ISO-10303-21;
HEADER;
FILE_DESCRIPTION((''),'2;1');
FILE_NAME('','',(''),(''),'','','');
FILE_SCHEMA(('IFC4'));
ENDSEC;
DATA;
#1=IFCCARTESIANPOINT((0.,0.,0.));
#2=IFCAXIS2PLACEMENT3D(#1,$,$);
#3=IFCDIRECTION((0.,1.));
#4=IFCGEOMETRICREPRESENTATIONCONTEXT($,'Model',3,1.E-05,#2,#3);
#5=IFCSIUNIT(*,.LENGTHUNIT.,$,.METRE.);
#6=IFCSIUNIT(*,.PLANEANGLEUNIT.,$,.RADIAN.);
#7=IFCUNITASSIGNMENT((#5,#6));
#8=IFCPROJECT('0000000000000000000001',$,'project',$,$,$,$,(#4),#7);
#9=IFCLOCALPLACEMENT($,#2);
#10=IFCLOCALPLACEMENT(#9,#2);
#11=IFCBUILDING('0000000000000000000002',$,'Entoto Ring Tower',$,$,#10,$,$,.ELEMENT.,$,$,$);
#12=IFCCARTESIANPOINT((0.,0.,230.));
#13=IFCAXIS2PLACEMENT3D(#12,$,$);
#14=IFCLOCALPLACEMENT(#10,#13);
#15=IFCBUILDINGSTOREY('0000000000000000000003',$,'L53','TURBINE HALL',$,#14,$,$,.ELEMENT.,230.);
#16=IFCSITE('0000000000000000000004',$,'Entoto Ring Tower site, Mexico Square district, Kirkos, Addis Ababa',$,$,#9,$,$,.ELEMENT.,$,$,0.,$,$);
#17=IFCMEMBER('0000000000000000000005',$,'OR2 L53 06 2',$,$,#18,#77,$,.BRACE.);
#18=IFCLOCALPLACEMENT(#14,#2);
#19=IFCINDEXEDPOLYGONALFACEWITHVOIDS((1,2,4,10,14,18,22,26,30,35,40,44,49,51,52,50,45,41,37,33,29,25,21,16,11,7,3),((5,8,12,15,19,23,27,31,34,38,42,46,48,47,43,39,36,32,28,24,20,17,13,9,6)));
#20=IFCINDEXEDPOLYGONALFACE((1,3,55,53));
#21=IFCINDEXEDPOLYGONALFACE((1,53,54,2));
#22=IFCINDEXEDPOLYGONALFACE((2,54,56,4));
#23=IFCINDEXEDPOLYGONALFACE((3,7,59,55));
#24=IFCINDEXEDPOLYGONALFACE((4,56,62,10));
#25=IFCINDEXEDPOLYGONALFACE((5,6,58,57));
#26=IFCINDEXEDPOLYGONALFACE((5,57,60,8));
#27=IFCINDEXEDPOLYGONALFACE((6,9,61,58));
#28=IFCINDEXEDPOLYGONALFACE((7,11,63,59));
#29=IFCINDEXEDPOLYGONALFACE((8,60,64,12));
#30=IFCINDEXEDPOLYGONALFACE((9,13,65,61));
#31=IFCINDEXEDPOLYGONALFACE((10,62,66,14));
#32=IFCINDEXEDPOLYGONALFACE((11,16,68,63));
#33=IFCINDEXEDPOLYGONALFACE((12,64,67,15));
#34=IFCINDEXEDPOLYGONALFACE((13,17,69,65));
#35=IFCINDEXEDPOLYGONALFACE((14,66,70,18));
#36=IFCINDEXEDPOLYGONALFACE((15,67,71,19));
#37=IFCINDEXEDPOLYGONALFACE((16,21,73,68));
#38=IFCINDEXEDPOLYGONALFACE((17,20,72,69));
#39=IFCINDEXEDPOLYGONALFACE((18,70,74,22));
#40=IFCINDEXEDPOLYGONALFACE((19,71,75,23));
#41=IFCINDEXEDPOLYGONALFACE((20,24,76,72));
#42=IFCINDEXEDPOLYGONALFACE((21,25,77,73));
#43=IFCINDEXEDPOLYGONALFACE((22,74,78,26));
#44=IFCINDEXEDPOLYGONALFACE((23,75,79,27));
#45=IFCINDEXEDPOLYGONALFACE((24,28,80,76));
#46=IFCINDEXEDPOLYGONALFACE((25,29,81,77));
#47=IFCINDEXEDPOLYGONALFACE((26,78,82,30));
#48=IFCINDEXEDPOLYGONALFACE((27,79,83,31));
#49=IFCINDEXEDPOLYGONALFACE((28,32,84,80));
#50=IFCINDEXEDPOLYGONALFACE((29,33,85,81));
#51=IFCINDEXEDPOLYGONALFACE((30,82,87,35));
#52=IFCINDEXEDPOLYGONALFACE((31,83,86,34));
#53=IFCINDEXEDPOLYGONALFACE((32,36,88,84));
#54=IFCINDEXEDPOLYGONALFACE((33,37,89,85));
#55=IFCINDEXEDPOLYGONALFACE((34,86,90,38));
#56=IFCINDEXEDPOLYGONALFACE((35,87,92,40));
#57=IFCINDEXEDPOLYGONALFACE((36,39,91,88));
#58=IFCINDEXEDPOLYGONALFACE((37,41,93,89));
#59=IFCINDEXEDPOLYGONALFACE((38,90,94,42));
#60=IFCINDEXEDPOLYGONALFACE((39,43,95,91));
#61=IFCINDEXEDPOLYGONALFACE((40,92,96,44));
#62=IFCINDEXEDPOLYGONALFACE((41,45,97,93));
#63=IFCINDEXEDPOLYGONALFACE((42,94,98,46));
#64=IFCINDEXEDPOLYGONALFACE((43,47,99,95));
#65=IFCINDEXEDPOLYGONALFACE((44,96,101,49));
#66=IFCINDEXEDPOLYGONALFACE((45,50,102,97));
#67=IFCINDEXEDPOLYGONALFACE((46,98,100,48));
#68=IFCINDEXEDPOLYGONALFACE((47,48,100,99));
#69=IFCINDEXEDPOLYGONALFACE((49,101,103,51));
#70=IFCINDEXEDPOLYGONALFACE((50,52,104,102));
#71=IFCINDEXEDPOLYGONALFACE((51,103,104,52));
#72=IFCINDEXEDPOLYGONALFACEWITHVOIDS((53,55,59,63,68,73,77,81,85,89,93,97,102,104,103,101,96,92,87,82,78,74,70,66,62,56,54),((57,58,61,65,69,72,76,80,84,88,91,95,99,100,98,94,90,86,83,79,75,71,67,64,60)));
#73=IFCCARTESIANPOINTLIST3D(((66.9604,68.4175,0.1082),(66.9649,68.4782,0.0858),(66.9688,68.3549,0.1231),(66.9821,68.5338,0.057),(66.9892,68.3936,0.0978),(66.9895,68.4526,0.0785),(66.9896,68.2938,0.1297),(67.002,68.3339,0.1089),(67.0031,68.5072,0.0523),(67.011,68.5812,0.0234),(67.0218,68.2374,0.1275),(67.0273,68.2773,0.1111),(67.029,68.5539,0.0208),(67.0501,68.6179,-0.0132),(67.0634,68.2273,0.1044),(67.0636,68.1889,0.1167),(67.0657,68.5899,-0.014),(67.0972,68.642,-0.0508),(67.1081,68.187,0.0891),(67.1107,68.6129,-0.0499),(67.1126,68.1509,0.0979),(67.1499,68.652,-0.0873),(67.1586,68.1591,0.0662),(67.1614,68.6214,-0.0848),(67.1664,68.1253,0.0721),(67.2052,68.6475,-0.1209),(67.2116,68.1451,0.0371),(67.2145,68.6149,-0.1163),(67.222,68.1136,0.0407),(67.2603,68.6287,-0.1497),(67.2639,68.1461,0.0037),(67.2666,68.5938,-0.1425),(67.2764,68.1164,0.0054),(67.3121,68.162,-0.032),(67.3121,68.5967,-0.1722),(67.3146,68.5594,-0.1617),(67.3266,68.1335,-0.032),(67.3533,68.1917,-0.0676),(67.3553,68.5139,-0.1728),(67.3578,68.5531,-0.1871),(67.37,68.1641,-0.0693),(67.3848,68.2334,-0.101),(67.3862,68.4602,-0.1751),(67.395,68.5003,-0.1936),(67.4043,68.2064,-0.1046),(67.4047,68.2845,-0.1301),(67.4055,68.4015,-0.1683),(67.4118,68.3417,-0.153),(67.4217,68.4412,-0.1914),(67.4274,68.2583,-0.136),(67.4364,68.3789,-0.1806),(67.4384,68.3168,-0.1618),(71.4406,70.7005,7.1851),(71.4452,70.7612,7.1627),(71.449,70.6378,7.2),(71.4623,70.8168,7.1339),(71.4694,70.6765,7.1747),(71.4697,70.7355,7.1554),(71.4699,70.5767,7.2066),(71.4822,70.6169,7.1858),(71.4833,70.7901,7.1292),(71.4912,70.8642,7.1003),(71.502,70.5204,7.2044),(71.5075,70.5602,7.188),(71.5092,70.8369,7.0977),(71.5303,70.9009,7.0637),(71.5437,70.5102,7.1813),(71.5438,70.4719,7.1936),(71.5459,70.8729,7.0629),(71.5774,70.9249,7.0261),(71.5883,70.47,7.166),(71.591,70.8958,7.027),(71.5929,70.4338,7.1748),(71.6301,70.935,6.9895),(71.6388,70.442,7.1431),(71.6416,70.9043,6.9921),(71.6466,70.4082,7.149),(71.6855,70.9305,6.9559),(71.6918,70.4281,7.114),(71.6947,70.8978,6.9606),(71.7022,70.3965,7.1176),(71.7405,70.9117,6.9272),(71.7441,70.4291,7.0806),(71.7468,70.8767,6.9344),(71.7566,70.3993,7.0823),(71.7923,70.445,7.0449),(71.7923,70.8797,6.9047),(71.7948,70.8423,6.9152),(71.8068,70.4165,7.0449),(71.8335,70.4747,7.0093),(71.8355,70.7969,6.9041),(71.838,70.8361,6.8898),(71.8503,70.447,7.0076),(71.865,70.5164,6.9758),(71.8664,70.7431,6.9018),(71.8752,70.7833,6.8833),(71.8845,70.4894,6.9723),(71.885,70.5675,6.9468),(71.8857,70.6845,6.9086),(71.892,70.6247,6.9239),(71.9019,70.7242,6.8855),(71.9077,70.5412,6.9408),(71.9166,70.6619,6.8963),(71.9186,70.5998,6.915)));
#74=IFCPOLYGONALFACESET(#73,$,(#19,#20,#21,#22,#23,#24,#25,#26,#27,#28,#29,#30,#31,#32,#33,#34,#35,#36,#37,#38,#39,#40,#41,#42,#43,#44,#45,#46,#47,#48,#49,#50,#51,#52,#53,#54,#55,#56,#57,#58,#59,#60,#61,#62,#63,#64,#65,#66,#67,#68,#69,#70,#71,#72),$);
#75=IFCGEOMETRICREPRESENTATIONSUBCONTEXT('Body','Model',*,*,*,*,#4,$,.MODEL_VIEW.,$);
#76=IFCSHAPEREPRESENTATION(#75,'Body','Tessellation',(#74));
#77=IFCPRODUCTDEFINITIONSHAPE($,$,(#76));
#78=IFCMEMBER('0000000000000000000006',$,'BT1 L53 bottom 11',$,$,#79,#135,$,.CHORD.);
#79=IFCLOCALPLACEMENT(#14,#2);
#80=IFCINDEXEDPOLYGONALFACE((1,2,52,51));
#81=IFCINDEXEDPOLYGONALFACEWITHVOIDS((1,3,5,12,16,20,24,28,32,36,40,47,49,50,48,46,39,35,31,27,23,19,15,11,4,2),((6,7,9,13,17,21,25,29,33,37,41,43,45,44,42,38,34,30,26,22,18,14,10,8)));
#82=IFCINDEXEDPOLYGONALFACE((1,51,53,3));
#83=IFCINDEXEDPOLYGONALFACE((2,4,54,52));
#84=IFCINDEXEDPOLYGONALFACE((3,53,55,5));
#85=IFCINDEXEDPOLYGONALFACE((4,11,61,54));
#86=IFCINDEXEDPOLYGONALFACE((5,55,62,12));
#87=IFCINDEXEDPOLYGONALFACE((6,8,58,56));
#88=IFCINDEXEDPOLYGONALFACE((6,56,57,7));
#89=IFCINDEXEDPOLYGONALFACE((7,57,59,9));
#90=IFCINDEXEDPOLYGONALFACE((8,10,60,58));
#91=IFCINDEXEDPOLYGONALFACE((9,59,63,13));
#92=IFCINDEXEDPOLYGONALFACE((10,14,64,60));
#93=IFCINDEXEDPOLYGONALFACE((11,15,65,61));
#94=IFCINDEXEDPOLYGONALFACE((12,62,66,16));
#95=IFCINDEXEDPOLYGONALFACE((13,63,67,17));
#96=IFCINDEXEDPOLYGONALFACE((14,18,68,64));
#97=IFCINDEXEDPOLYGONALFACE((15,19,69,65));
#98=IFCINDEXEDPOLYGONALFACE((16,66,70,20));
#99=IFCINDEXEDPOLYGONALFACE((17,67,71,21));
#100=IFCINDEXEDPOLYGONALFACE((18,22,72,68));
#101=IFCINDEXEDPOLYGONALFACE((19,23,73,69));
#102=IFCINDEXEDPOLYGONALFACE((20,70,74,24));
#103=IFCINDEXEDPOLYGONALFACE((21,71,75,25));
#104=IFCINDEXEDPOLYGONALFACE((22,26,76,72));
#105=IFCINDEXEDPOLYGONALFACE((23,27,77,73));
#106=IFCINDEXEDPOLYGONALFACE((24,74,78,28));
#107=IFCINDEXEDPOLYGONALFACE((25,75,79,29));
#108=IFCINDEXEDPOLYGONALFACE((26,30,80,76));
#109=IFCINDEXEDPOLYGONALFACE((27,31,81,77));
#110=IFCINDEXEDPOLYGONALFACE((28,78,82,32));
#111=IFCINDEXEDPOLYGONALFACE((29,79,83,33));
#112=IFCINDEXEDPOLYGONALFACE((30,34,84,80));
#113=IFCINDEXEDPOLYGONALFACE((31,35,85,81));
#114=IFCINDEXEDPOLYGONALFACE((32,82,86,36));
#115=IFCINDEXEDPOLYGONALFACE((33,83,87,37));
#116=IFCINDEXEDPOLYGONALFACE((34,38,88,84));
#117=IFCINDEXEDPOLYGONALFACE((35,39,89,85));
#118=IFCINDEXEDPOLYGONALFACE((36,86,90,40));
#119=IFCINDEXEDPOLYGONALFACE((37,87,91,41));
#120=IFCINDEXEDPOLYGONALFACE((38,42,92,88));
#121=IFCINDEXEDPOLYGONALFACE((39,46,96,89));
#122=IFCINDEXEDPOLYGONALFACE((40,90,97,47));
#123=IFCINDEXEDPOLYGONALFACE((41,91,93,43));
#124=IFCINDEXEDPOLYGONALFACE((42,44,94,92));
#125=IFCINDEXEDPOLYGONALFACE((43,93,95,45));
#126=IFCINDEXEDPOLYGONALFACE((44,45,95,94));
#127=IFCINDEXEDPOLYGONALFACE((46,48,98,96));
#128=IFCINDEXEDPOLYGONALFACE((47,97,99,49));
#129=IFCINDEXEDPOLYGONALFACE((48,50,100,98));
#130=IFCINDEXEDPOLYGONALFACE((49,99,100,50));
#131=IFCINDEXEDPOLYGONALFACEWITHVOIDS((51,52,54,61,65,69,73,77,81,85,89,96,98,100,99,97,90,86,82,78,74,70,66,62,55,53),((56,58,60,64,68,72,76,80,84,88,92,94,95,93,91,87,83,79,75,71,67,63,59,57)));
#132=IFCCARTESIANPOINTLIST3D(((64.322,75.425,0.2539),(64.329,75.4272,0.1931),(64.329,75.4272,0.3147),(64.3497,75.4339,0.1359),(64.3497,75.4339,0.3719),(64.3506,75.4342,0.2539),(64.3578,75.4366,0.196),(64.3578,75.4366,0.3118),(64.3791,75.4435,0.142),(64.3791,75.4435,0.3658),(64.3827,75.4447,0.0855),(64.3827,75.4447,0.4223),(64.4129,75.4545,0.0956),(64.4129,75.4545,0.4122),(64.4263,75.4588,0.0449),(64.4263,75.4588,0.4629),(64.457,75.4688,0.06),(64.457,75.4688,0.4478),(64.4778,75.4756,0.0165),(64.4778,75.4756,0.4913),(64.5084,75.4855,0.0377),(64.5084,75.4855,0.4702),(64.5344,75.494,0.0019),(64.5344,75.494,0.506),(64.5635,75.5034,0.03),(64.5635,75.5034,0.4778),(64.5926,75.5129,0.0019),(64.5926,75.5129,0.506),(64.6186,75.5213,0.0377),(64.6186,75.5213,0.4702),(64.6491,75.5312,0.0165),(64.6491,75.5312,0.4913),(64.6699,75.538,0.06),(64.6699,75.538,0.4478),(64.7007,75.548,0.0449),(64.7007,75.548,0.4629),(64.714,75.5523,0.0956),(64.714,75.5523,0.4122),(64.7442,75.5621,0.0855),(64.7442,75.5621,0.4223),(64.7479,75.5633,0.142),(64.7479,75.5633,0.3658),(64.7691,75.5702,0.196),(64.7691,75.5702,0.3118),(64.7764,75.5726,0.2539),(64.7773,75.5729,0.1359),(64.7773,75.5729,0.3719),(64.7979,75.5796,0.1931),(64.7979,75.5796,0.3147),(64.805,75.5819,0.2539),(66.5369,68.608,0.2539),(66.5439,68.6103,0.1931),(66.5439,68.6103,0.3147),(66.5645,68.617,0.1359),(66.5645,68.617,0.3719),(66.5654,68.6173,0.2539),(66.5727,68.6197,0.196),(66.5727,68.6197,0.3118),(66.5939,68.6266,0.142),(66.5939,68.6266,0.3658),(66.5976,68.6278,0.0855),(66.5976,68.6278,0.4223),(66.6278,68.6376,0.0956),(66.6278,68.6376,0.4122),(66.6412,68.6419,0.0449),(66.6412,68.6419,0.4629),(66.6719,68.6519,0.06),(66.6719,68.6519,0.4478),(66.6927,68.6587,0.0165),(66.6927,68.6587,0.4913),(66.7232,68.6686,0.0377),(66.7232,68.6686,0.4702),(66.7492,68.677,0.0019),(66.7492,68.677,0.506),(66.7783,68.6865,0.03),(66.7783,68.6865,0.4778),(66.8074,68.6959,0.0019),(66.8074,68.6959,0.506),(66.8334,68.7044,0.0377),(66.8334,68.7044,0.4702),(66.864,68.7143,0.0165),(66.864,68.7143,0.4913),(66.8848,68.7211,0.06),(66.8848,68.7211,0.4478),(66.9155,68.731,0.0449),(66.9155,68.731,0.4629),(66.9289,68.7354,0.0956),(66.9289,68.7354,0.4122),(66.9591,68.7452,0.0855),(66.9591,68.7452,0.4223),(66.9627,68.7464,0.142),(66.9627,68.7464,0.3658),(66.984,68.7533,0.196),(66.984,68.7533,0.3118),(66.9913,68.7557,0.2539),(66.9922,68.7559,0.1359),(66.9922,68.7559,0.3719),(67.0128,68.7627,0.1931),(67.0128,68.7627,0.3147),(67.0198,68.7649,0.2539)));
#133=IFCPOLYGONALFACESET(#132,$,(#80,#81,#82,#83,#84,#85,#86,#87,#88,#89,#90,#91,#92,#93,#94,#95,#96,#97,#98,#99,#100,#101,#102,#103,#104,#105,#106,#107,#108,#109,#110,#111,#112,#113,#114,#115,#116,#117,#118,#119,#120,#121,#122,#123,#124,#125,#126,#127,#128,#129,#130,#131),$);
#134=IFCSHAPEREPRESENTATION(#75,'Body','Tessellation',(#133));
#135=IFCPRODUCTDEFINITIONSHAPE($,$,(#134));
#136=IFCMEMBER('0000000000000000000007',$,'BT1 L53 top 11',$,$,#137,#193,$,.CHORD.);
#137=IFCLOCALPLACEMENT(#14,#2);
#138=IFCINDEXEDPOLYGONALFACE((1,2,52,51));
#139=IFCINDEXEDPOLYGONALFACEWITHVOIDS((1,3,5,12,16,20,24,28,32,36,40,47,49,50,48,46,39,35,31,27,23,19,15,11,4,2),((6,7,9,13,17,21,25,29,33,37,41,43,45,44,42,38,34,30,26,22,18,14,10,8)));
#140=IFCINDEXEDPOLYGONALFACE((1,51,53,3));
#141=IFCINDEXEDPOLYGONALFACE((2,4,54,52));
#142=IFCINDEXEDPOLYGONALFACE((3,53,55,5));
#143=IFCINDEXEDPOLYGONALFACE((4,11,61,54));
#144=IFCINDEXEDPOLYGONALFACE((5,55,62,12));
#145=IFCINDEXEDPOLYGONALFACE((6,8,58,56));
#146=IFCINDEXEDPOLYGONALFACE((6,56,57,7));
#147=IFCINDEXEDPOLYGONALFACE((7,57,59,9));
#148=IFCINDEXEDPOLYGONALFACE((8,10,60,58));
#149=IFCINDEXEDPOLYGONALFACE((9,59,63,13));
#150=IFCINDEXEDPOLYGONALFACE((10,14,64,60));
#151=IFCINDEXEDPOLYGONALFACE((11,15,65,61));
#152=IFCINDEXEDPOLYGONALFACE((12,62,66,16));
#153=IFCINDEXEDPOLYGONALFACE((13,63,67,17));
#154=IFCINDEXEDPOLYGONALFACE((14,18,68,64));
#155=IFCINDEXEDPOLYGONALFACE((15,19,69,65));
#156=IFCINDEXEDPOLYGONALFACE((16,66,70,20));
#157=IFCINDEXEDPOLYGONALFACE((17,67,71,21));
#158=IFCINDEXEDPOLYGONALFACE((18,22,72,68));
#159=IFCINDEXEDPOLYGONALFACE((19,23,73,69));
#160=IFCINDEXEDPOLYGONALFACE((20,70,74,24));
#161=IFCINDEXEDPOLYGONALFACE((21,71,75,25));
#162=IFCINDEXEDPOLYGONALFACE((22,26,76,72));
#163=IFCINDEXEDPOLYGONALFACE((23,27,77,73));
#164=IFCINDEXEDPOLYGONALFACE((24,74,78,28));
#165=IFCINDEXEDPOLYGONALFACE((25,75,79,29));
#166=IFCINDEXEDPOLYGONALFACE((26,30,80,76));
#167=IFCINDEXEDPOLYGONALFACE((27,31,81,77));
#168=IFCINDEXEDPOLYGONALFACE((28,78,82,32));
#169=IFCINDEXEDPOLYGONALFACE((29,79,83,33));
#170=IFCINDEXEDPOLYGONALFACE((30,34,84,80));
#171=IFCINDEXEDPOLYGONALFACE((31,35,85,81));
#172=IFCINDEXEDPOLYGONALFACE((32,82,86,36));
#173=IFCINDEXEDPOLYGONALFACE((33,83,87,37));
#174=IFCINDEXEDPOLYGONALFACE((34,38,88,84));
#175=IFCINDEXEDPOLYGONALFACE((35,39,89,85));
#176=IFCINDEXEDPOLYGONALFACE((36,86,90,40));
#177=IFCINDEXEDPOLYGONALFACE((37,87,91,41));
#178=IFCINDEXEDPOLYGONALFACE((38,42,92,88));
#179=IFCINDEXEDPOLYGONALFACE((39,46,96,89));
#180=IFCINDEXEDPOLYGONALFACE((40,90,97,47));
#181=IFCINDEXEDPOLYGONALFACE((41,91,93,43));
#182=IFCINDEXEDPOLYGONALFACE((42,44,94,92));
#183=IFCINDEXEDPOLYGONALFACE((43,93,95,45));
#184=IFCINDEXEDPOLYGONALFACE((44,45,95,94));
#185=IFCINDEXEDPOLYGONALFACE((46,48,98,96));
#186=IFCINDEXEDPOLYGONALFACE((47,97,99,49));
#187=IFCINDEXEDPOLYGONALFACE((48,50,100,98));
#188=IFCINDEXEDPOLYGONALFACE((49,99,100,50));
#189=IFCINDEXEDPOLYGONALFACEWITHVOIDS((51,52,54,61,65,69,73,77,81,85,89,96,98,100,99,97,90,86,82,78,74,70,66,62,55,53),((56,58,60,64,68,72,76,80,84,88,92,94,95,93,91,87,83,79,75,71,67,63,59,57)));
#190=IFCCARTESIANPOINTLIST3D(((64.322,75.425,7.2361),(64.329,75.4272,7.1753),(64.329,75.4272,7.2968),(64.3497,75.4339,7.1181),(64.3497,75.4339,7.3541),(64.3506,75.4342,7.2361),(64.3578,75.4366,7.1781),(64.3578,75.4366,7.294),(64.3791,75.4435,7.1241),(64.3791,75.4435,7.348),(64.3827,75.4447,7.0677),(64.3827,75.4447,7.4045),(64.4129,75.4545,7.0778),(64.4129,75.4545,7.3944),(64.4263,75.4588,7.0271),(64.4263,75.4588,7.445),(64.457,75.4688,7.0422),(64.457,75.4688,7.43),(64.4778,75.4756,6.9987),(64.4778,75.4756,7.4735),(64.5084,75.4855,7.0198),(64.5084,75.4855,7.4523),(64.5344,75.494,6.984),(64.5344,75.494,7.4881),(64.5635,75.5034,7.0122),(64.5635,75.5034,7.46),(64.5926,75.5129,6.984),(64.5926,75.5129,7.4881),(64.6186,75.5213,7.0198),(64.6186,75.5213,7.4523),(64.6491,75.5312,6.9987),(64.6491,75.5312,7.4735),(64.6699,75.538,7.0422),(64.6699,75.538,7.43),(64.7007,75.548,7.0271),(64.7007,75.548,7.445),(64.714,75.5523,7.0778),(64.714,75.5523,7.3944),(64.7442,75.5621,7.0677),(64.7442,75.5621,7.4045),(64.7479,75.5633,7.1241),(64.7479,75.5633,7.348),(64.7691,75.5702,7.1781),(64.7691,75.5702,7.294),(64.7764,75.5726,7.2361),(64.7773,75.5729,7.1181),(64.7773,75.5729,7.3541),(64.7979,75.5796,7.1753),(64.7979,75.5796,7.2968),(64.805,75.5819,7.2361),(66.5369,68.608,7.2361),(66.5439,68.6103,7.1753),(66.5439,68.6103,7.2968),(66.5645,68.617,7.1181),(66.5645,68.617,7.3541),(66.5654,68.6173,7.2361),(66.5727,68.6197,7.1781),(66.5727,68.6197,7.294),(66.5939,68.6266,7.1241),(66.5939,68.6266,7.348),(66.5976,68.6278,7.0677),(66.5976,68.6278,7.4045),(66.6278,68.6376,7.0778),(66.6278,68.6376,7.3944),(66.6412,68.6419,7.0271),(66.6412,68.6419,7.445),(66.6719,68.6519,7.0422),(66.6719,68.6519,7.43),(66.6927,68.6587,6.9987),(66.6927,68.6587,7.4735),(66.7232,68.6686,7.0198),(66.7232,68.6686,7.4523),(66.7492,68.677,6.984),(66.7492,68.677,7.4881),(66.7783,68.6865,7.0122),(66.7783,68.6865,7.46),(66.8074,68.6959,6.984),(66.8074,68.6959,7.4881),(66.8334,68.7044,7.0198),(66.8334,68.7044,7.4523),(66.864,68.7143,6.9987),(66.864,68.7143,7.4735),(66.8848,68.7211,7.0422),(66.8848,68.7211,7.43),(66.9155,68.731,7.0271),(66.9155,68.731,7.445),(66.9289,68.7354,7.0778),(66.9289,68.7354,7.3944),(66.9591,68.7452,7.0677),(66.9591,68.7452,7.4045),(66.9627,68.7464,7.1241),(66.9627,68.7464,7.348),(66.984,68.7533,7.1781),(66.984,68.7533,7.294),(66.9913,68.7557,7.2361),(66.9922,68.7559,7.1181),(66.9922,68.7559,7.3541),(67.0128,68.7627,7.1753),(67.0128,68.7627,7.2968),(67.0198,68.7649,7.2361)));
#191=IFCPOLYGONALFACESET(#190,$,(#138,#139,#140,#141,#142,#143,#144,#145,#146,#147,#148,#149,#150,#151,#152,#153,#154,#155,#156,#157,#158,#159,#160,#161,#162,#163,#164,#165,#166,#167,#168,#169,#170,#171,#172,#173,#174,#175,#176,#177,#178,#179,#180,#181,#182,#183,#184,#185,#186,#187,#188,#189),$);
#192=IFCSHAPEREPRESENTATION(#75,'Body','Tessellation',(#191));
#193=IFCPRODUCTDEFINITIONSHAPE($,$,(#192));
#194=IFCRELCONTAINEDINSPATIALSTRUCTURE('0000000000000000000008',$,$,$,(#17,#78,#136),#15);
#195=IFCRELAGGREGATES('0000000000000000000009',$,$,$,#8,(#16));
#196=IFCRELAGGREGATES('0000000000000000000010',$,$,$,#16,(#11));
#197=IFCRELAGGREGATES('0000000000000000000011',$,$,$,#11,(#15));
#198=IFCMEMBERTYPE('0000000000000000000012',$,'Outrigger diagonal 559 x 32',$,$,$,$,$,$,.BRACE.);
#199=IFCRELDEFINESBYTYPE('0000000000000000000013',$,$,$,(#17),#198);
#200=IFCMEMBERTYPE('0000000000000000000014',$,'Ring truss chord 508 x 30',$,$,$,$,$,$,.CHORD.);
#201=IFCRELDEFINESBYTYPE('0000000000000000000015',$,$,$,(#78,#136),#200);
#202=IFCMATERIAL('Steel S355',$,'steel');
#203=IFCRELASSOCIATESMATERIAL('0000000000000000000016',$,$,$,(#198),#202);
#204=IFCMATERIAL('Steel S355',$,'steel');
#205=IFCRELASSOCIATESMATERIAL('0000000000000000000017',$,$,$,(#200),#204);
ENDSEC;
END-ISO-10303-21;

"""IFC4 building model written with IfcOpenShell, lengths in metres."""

from ifc_helpers import new_model, si_unit, direction, frame, origin, origin_2d, place, context, subcontext, project, spatial, circle, hollow_circle, extrude, material, material_profile, profile_set, type_object, element, save


model = new_model("IFC4")

# Units and contexts
model_context = context("Model", 3, precision=1e-05, world=origin(), true_north=direction((0.0, 1.0)))
body_context = subcontext(model_context, "Body", "Model", "MODEL_VIEW")
ifc_project = project(units=[si_unit("LENGTHUNIT", "METRE"), si_unit("PLANEANGLEUNIT", "RADIAN")], contexts=[model_context])

# Site, building, storey
site_placement = place(None, origin())
site = spatial("IfcSite", under=ifc_project, at=site_placement, Name="Entoto Ring Tower site, Mexico Square district, Kirkos, Addis Ababa", CompositionType="ELEMENT", RefElevation=0.0)
building_placement = place(site_placement, origin())
building = spatial("IfcBuilding", under=site, at=building_placement, Name="Entoto Ring Tower", CompositionType="ELEMENT")
storey_placement = place(building_placement, frame((0.0, 0.0, 230.0)))
storey = spatial("IfcBuildingStorey", under=building, at=storey_placement, Name="L53", Description="TURBINE HALL", CompositionType="ELEMENT", Elevation=230.0)

# Members
ifc_material_1 = material(Name="Steel S355", Category="steel")
ifc_material_profile_1 = material_profile(ifc_material_1, hollow_circle(Radius=0.2795, WallThickness=0.032, at=origin_2d()), Name="CHS 559 x 32")
ifc_material_2 = material(Name="Concrete C60/75", Category="concrete")
ifc_material_profile_2 = material_profile(ifc_material_2, circle(Radius=0.2476, at=origin_2d()), Name="Concrete C60/75 infill")
ifc_profile_set_1 = profile_set([ifc_material_profile_1, ifc_material_profile_2], Name="Steel S355")
member_type_1 = type_object("IfcMemberType", Name="Outrigger diagonal 559 x 32", PredefinedType="BRACE", material=ifc_profile_set_1)
member_1_placement = place(storey_placement, frame((71.6799, 70.6655, 7.0449), z_axis=(-0.516071, -0.262971, -0.815179), x_axis=(0.454017, -0.890993, 0.0)))
element("IfcMember", 1, at=member_1_placement, inside=storey, type_object=member_type_1, Name="OR2 L53 06 2", PredefinedType="BRACE", context=body_context, shape_type="SweptSolid", body=[
    extrude(hollow_circle(Radius=0.2795, WallThickness=0.032, at=origin_2d()), origin(), (0.0, 0.0, 1.0), 8.6814),
])
ifc_material_3 = material(Name="Steel S355", Category="steel")
ifc_material_profile_3 = material_profile(ifc_material_3, hollow_circle(Radius=0.2539, WallThickness=0.03, at=origin_2d()), Name="CHS 508 x 30")
ifc_material_4 = material(Name="Concrete C60/75", Category="concrete")
ifc_material_profile_4 = material_profile(ifc_material_4, circle(Radius=0.2241, at=origin_2d()), Name="Concrete C60/75 infill")
ifc_profile_set_2 = profile_set([ifc_material_profile_3, ifc_material_profile_4], Name="Steel S355")
member_type_2 = type_object("IfcMemberType", Name="Ring truss chord 508 x 30", PredefinedType="CHORD", material=ifc_profile_set_2)
for number, where, z_axis, x_axis, name in (
    (2, (64.5635, 75.5034, 0.2539), (0.309004, -0.951061, 0.0), (0.951061, 0.309004, 0.0), "BT1 L53 bottom 11"),
    (3, (64.5635, 75.5034, 7.2361), (0.309004, -0.951061, 0.0), (0.951061, 0.309004, 0.0), "BT1 L53 top 11"),
):
    element("IfcMember", number, at=place(storey_placement, frame(where, z_axis=z_axis, x_axis=x_axis)), inside=storey, type_object=member_type_2, Name=name, PredefinedType="CHORD", context=body_context, shape_type="SweptSolid", body=[
        extrude(hollow_circle(Radius=0.2539, WallThickness=0.03, at=origin_2d()), origin(), (0.0, 0.0, 1.0), 7.1677),
    ])

save(model, "model.ifc")
